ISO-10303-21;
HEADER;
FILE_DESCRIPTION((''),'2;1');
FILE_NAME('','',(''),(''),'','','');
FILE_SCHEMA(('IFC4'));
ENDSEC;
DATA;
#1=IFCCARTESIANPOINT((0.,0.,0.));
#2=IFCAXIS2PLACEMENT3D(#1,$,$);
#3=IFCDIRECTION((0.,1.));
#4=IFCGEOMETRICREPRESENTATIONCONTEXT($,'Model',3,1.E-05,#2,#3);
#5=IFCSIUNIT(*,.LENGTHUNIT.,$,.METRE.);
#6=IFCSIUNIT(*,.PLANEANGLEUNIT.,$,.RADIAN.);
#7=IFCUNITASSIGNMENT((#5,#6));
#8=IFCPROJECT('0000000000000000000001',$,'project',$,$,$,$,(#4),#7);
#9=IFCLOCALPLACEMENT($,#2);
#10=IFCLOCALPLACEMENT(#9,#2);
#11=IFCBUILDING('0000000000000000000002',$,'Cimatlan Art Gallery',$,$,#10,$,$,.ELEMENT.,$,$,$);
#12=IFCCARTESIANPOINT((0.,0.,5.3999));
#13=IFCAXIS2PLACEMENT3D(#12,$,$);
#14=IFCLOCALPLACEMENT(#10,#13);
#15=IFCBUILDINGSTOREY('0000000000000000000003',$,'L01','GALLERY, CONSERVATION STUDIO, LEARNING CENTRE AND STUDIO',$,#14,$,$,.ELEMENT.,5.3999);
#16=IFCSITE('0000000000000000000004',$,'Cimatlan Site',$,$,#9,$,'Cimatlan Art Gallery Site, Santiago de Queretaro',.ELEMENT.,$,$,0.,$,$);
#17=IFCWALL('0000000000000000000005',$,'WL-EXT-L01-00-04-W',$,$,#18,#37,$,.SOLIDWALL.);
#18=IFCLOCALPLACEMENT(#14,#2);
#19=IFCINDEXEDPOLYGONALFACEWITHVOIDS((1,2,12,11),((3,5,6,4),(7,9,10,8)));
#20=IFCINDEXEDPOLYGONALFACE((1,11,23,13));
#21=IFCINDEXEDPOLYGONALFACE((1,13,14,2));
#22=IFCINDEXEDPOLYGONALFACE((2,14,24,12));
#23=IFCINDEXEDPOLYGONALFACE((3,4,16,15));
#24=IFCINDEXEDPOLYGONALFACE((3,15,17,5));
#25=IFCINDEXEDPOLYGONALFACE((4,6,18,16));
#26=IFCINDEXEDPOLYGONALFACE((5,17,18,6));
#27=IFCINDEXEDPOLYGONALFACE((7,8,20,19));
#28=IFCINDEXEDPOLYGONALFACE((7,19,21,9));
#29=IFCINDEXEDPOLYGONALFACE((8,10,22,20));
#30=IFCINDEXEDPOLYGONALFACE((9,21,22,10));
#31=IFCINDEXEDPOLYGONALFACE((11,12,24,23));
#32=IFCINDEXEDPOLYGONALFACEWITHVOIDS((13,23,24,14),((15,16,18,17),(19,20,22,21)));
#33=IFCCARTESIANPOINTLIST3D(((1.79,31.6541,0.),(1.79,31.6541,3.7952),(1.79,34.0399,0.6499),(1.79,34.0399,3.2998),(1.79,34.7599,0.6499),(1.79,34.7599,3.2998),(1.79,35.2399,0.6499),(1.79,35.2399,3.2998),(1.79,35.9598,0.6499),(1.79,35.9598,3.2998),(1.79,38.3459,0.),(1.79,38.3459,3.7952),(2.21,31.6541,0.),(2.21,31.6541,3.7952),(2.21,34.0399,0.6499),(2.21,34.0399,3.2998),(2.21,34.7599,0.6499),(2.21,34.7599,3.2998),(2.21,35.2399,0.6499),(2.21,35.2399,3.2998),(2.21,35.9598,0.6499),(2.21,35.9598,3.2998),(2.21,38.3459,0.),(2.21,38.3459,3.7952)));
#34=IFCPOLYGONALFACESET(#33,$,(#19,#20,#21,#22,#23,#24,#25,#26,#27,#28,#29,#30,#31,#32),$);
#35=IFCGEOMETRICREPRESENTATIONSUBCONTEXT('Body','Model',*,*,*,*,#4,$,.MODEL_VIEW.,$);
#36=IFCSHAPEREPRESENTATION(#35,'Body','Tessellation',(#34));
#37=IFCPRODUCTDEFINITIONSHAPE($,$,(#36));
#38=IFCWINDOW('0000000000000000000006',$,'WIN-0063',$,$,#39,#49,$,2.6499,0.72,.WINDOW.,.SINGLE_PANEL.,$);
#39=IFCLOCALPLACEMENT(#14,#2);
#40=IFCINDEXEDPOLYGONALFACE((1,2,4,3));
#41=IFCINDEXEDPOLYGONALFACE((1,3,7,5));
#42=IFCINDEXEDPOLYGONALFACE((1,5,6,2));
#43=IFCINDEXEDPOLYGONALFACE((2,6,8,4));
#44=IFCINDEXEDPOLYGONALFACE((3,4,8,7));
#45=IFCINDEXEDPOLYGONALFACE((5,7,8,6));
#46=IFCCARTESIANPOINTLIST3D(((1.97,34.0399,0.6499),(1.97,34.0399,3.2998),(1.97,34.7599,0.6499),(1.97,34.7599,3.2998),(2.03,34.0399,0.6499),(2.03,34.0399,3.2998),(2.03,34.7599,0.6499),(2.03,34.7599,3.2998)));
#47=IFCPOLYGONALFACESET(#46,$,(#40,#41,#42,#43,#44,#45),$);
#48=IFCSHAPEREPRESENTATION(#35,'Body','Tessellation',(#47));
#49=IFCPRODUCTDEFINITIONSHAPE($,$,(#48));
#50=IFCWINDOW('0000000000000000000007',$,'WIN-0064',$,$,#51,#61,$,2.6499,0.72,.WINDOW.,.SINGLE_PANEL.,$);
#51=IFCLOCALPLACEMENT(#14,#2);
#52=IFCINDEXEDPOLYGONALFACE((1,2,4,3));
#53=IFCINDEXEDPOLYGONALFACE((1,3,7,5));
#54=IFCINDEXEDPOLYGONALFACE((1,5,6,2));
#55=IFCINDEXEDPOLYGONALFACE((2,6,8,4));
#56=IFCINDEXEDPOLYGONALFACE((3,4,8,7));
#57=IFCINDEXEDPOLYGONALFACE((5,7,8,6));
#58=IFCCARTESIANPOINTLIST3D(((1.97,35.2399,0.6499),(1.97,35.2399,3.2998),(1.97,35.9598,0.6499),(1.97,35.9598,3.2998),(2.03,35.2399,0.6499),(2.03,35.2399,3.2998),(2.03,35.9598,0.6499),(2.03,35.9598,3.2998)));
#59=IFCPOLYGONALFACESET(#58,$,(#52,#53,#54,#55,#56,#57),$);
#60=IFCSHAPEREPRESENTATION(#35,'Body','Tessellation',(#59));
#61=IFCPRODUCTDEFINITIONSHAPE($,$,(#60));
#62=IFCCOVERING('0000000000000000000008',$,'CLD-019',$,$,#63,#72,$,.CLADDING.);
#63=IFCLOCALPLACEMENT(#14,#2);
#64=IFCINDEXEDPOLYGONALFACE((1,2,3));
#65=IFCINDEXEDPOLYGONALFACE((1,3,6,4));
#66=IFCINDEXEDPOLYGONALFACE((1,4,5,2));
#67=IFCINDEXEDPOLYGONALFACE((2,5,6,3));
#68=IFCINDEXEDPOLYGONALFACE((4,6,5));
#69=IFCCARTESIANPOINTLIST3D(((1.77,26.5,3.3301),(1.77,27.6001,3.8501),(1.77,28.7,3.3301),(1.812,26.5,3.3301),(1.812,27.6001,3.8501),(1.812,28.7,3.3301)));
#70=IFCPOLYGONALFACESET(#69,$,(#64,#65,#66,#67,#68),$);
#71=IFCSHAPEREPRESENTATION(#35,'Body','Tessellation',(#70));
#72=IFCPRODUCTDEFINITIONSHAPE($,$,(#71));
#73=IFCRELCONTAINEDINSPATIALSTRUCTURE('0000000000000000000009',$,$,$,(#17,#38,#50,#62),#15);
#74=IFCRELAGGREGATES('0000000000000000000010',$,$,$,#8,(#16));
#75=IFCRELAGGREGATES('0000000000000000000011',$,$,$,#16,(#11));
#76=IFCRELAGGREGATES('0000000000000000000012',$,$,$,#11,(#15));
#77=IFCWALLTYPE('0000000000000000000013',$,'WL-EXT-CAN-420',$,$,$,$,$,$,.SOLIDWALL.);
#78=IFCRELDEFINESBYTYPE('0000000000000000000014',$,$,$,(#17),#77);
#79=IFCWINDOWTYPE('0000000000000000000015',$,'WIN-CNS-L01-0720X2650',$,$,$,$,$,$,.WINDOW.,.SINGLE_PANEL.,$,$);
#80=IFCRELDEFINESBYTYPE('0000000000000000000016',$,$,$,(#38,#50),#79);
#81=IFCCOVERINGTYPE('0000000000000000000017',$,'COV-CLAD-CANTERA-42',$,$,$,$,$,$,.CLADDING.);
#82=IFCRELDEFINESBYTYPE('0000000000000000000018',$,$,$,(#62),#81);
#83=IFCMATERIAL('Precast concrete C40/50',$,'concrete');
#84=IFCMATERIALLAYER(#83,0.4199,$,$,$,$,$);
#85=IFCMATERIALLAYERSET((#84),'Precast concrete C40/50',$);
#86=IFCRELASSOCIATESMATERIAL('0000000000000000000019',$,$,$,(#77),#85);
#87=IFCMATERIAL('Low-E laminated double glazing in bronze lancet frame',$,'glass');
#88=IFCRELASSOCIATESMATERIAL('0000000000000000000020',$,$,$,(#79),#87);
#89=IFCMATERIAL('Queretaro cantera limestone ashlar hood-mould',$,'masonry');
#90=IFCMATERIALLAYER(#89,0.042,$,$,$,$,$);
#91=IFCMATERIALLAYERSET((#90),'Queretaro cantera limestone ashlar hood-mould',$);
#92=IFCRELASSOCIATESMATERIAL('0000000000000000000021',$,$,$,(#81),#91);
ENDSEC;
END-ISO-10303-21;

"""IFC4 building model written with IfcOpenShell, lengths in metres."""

from ifc_helpers import new_model, si_unit, direction, frame, frame_2d, origin, place, context, subcontext, project, spatial, polyline, rectangle, outline, extrude, material, layer, layer_set, type_object, element, fill, save


model = new_model("IFC4")

# Units and contexts
model_context = context("Model", 3, precision=1e-05, world=origin(), true_north=direction((0.0, 1.0)))
body_context = subcontext(model_context, "Body", "Model", "MODEL_VIEW")
ifc_project = project(units=[si_unit("LENGTHUNIT", "METRE"), si_unit("PLANEANGLEUNIT", "RADIAN")], contexts=[model_context])

# Site, building, storey
site_placement = place(None, origin())
site = spatial("IfcSite", under=ifc_project, at=site_placement, Name="Cimatlan Site", LongName="Cimatlan Art Gallery Site, Santiago de Queretaro", CompositionType="ELEMENT", RefElevation=0.0)
building_placement = place(site_placement, origin())
building = spatial("IfcBuilding", under=site, at=building_placement, Name="Cimatlan Art Gallery", CompositionType="ELEMENT")
storey_placement = place(building_placement, frame((0.0, 0.0, 5.3999)))
storey = spatial("IfcBuildingStorey", under=building, at=storey_placement, Name="L01", Description="GALLERY, CONSERVATION STUDIO, LEARNING CENTRE AND STUDIO", CompositionType="ELEMENT", Elevation=5.3999)

# Shared definitions
ifc_material_1 = material(Name="Precast concrete C40/50", Category="concrete")

# Wall, openings, windows
ifc_layer_1 = layer(ifc_material_1, 0.4199)
ifc_layer_set_1 = layer_set([ifc_layer_1], Name="Precast concrete C40/50")
wall_type_1 = type_object("IfcWallType", Name="WL-EXT-CAN-420", PredefinedType="SOLIDWALL", material=ifc_layer_set_1)
ifc_material_2 = material(Name="Low-E laminated double glazing in bronze lancet frame", Category="glass")
window_type = type_object("IfcWindowType", Name="WIN-CNS-L01-0720X2650", PartitioningType="SINGLE_PANEL", PredefinedType="WINDOW", material=ifc_material_2)
wall_1_placement = place(storey_placement, frame((2.0, 31.6541, 0.0), z_axis=(0.0, 0.0, 1.0), x_axis=(0.0, 1.0, 0.0)))
wall_1 = element("IfcWall", 1, at=wall_1_placement, inside=storey, type_object=wall_type_1, Name="WL-EXT-L01-00-04-W", PredefinedType="SOLIDWALL", context=body_context, shape_type="SweptSolid", body=[
    extrude(rectangle(XDim=6.6919, YDim=0.4199, at=frame_2d((3.3459, 0.0))), origin(), (0.0, 0.0, 1.0), 3.7952),
])
opening_1_placement = place(wall_1_placement, frame((2.386, 0.0, 0.6499)))
opening_1 = element("IfcOpeningElement", 2, at=opening_1_placement, cuts=wall_1, PredefinedType="OPENING", context=body_context, shape_type="SweptSolid", body=[
    extrude(rectangle(XDim=0.72, YDim=2.6499, at=frame_2d((0.3599, 1.325))), frame((0.0, 0.22, 0.0), z_axis=(0.0, -1.0, 0.0), x_axis=(1.0, 0.0, 0.0)), (0.0, 0.0, 1.0), 0.4399),
])
opening_2_placement = place(wall_1_placement, frame((3.5859, 0.0, 0.6499)))
opening_2 = element("IfcOpeningElement", 3, at=opening_2_placement, cuts=wall_1, PredefinedType="OPENING", context=body_context, shape_type="SweptSolid", body=[
    extrude(rectangle(XDim=0.72, YDim=2.6499, at=frame_2d((0.3599, 1.325))), frame((0.0, 0.22, 0.0), z_axis=(0.0, -1.0, 0.0), x_axis=(1.0, 0.0, 0.0)), (0.0, 0.0, 1.0), 0.4399),
])
window_1_placement = place(opening_1_placement, origin())
window_1 = element("IfcWindow", 4, at=window_1_placement, inside=storey, type_object=window_type, Name="WIN-0063", OverallHeight=2.6499, OverallWidth=0.72, PartitioningType="SINGLE_PANEL", PredefinedType="WINDOW", context=body_context, shape_type="SweptSolid", body=[
    extrude(rectangle(XDim=0.72, YDim=2.6499, at=frame_2d((0.3599, 1.325))), frame((0.0, 0.03, 0.0), z_axis=(0.0, -1.0, 0.0), x_axis=(1.0, 0.0, 0.0)), (0.0, 0.0, 1.0), 0.0601),
])
fill(opening_1, window_1)
window_2_placement = place(opening_2_placement, origin())
window_2 = element("IfcWindow", 5, at=window_2_placement, inside=storey, type_object=window_type, Name="WIN-0064", OverallHeight=2.6499, OverallWidth=0.72, PartitioningType="SINGLE_PANEL", PredefinedType="WINDOW", context=body_context, shape_type="SweptSolid", body=[
    extrude(rectangle(XDim=0.72, YDim=2.6499, at=frame_2d((0.3599, 1.325))), frame((0.0, 0.03, 0.0), z_axis=(0.0, -1.0, 0.0), x_axis=(1.0, 0.0, 0.0)), (0.0, 0.0, 1.0), 0.0601),
])
fill(opening_2, window_2)

# Covering
ifc_material_3 = material(Name="Queretaro cantera limestone ashlar hood-mould", Category="masonry")
ifc_layer_2 = layer(ifc_material_3, 0.042)
ifc_layer_set_2 = layer_set([ifc_layer_2], Name="Queretaro cantera limestone ashlar hood-mould")
covering_type = type_object("IfcCoveringType", Name="COV-CLAD-CANTERA-42", PredefinedType="CLADDING", material=ifc_layer_set_2)
covering_placement = place(storey_placement, frame((1.812, 26.5, 3.3301), z_axis=(1.0, 0.0, 0.0), x_axis=(0.0, 1.0, 0.0)))
element("IfcCovering", 6, at=covering_placement, inside=storey, type_object=covering_type, Name="CLD-019", PredefinedType="CLADDING", context=body_context, shape_type="SweptSolid", body=[
    extrude(outline(polyline([(0.0, 0.0), (2.2, 0.0), (1.1001, 0.52), (0.0, 0.0)])), origin(), (0.0, 0.0, -1.0), 0.042),
])

save(model, "model.ifc")
